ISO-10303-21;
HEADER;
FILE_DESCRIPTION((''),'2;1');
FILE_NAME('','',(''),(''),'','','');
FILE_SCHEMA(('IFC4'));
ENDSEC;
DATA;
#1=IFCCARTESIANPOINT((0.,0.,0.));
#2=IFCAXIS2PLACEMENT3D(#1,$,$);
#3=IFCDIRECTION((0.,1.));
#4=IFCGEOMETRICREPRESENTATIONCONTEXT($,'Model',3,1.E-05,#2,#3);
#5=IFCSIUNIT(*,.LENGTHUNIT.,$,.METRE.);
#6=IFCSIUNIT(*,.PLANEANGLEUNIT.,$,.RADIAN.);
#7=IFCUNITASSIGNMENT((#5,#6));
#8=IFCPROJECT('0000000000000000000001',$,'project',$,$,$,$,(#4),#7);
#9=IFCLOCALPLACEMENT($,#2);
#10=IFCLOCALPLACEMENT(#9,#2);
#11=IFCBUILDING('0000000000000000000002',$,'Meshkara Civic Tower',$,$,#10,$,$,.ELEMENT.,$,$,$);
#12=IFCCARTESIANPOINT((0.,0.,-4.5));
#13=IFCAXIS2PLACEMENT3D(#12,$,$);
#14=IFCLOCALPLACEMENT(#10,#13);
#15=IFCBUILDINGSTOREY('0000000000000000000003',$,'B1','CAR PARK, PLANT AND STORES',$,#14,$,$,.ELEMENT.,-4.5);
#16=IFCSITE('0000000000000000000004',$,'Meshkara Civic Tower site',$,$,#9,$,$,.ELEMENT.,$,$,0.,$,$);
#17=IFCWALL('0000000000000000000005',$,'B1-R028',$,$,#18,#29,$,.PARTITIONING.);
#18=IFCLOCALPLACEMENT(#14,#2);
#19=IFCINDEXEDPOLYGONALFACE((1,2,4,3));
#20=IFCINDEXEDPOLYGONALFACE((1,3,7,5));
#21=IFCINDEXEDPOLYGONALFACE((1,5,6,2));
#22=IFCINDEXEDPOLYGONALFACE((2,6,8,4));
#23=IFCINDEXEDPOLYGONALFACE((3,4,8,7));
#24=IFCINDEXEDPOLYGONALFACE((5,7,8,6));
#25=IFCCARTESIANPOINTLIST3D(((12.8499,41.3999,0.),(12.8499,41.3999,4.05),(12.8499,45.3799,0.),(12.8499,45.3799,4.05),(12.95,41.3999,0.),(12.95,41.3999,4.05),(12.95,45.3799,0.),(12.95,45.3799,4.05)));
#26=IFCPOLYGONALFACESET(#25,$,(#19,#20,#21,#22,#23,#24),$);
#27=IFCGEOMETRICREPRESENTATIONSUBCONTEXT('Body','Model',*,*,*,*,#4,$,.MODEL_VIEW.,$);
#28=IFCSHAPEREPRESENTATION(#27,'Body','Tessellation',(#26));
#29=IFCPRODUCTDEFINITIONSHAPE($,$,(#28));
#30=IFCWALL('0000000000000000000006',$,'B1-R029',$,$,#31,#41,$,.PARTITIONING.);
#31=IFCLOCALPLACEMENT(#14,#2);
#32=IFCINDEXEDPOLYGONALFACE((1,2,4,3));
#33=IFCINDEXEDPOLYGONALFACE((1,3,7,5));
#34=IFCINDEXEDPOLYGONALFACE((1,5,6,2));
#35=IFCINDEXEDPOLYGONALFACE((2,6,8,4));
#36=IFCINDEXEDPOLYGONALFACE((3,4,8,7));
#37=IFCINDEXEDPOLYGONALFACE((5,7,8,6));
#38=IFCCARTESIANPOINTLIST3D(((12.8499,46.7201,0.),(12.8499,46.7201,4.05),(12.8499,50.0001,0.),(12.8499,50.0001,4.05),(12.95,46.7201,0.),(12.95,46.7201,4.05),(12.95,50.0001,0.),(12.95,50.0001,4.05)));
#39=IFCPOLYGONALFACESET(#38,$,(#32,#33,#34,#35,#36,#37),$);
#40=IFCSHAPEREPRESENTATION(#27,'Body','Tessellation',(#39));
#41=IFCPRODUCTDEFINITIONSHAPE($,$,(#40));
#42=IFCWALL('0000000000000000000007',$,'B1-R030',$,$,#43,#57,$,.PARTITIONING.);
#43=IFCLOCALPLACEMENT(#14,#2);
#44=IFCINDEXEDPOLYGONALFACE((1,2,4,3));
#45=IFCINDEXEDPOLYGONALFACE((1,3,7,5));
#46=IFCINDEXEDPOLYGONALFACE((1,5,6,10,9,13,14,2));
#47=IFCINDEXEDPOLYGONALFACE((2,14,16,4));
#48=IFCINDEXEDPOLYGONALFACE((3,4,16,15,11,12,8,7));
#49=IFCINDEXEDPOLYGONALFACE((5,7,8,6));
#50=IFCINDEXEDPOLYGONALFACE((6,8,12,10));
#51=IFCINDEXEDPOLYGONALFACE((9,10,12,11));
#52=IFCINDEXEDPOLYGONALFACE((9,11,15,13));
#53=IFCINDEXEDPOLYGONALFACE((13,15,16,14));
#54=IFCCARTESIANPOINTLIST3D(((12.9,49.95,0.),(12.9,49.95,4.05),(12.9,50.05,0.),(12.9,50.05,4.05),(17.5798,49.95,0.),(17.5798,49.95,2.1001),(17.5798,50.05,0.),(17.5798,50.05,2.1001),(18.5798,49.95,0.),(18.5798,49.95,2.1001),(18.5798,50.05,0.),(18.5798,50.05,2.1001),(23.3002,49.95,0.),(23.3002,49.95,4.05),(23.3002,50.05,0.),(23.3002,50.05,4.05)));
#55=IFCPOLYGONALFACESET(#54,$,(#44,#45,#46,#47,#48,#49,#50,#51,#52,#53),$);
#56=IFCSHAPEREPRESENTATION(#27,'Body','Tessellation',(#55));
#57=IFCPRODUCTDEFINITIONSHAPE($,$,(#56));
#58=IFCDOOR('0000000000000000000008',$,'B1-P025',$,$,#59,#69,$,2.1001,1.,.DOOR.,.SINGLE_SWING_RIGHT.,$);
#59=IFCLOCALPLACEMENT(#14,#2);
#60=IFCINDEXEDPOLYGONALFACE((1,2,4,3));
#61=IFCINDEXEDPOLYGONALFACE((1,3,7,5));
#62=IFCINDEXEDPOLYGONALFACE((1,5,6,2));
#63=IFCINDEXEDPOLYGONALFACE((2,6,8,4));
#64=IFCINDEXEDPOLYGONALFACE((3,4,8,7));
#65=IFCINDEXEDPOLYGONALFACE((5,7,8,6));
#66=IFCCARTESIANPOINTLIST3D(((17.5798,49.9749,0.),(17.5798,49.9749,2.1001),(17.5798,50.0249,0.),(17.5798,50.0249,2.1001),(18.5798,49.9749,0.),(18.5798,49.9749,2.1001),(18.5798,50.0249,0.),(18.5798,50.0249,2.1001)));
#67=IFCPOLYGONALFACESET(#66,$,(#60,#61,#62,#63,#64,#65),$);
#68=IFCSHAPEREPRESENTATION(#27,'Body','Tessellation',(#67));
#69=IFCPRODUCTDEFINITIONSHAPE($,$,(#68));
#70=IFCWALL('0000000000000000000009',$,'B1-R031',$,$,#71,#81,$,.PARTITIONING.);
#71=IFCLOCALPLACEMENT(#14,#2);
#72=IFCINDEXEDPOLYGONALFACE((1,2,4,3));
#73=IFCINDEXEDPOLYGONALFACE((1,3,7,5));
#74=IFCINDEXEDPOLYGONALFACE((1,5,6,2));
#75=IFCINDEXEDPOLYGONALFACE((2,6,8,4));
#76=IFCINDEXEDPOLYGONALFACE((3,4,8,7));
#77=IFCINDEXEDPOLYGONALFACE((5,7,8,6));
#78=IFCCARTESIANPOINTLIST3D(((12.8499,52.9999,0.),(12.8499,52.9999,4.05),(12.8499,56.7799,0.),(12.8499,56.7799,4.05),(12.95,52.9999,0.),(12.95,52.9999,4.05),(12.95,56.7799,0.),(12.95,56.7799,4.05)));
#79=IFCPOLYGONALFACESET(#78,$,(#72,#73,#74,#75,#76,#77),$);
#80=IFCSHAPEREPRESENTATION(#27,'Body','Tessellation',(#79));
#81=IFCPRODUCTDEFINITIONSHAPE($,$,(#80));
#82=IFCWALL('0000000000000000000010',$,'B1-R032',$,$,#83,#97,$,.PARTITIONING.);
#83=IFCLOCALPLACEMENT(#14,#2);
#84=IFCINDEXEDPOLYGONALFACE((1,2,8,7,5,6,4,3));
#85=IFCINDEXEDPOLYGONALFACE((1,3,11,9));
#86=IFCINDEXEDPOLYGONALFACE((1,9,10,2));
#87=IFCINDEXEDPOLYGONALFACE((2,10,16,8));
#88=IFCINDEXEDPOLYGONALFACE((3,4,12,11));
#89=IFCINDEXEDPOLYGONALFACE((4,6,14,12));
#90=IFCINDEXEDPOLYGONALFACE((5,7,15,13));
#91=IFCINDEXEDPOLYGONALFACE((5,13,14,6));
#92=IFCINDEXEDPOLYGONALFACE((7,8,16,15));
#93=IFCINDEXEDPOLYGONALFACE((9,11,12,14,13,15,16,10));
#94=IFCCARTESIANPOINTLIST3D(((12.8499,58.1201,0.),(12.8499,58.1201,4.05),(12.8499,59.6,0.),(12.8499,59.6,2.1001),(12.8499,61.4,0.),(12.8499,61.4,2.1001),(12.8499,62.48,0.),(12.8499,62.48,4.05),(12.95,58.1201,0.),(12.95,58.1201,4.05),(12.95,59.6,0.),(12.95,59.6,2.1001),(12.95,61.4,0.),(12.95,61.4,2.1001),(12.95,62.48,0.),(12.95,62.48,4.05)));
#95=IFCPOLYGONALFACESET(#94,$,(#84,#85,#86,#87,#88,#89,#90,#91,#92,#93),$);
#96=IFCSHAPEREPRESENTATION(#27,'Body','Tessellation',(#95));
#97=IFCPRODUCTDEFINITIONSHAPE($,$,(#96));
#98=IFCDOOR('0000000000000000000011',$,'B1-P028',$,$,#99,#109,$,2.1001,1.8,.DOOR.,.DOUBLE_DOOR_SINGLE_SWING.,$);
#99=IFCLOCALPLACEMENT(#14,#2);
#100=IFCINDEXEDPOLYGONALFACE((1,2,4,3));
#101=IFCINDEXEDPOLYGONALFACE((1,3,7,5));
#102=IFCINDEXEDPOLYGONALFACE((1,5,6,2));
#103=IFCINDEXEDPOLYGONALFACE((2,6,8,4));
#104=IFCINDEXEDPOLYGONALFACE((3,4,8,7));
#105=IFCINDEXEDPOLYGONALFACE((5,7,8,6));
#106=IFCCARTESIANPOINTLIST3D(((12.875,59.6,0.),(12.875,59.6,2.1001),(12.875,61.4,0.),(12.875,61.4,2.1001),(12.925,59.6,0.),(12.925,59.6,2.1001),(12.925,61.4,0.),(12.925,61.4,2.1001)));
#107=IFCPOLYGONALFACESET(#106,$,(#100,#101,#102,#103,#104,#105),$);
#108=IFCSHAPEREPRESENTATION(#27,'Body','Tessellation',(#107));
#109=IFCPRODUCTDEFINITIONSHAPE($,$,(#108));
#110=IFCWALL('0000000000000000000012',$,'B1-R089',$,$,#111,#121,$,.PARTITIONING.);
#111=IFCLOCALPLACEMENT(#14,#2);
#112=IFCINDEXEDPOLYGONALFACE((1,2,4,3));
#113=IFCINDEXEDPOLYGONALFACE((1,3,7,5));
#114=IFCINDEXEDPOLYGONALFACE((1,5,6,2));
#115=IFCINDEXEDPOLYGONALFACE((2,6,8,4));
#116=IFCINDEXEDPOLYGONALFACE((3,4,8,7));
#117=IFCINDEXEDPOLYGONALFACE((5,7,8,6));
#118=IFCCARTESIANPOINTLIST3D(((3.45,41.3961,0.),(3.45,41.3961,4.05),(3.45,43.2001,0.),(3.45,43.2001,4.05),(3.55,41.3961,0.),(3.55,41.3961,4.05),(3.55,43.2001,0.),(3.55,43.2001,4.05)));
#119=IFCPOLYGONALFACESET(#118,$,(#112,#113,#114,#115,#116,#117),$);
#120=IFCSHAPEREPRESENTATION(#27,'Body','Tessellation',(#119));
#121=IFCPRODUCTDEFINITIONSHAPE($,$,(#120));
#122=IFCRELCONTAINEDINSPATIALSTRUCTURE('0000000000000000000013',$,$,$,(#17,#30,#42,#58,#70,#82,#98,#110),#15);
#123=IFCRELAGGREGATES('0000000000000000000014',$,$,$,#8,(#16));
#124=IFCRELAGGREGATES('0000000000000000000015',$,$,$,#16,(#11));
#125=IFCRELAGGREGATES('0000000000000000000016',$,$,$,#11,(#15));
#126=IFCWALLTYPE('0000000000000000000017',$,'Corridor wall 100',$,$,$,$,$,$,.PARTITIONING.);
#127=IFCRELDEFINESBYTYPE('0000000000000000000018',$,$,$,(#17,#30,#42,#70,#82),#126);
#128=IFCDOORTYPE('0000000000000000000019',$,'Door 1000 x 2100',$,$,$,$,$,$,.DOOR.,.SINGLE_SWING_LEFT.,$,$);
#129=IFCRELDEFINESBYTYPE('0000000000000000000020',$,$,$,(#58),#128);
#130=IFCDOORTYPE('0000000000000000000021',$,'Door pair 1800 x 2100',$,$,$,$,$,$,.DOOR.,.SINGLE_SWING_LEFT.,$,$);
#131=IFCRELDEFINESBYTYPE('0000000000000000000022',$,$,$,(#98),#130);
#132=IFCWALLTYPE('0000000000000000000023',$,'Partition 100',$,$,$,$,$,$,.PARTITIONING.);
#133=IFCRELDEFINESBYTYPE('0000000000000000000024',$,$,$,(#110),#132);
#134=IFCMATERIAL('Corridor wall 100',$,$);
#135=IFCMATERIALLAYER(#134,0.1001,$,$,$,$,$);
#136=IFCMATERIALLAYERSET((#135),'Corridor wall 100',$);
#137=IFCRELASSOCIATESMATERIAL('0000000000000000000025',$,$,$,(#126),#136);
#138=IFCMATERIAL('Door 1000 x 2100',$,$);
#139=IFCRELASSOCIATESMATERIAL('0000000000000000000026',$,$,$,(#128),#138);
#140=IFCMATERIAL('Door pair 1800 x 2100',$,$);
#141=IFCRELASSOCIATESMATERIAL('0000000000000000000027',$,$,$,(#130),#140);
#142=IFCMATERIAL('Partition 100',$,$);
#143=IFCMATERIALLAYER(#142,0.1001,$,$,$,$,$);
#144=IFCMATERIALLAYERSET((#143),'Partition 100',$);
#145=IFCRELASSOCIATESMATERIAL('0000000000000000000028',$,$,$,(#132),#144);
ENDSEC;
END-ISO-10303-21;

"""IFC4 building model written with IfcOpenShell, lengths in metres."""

from ifc_helpers import new_model, si_unit, direction, frame, frame_2d, origin, place, context, subcontext, project, spatial, rectangle, extrude, material, layer, layer_set, type_object, element, fill, save


model = new_model("IFC4")

# Units and contexts
model_context = context("Model", 3, precision=1e-05, world=origin(), true_north=direction((0.0, 1.0)))
body_context = subcontext(model_context, "Body", "Model", "MODEL_VIEW")
ifc_project = project(units=[si_unit("LENGTHUNIT", "METRE"), si_unit("PLANEANGLEUNIT", "RADIAN")], contexts=[model_context])

# Site, building, storey
site_placement = place(None, origin())
site = spatial("IfcSite", under=ifc_project, at=site_placement, Name="Meshkara Civic Tower site", CompositionType="ELEMENT", RefElevation=0.0)
building_placement = place(site_placement, origin())
building = spatial("IfcBuilding", under=site, at=building_placement, Name="Meshkara Civic Tower", CompositionType="ELEMENT")
storey_placement = place(building_placement, frame((0.0, 0.0, -4.5)))
storey = spatial("IfcBuildingStorey", under=building, at=storey_placement, Name="B1", Description="CAR PARK, PLANT AND STORES", CompositionType="ELEMENT", Elevation=-4.5)

# Shared definitions
ifc_material_1 = material(Name="Corridor wall 100")
ifc_layer_1 = layer(ifc_material_1, 0.1001)
ifc_layer_set_1 = layer_set([ifc_layer_1], Name="Corridor wall 100")
wall_type_1 = type_object("IfcWallType", Name="Corridor wall 100", PredefinedType="PARTITIONING", material=ifc_layer_set_1)
ifc_material_2 = material(Name="Door 1000 x 2100")
door_type_1 = type_object("IfcDoorType", Name="Door 1000 x 2100", OperationType="SINGLE_SWING_LEFT", PredefinedType="DOOR", material=ifc_material_2)

# Shared definitions
ifc_material_3 = material(Name="Door pair 1800 x 2100")
door_type_2 = type_object("IfcDoorType", Name="Door pair 1800 x 2100", OperationType="SINGLE_SWING_LEFT", PredefinedType="DOOR", material=ifc_material_3)

# Walls
wall_1_placement = place(storey_placement, frame((12.8999, 41.3999, 0.0), z_axis=(0.0, 0.0, 1.0), x_axis=(0.0, 1.0, 0.0)))
element("IfcWall", 1, at=wall_1_placement, inside=storey, type_object=wall_type_1, Name="B1-R028", PredefinedType="PARTITIONING", context=body_context, shape_type="SweptSolid", body=[
    extrude(rectangle(XDim=3.98, YDim=0.1001, at=frame_2d((1.99, 0.0))), origin(), (0.0, 0.0, 1.0), 4.05),
])
wall_2_placement = place(storey_placement, frame((12.8999, 46.72, 0.0), z_axis=(0.0, 0.0, 1.0), x_axis=(0.0, 1.0, 0.0)))
element("IfcWall", 2, at=wall_2_placement, inside=storey, type_object=wall_type_1, Name="B1-R029", PredefinedType="PARTITIONING", context=body_context, shape_type="SweptSolid", body=[
    extrude(rectangle(XDim=3.28, YDim=0.1001, at=frame_2d((1.6401, 0.0))), origin(), (0.0, 0.0, 1.0), 4.05),
])

# Wall, opening, door
wall_3_placement = place(storey_placement, frame((12.8999, 50.0, 0.0), z_axis=(0.0, 0.0, 1.0), x_axis=(1.0, 0.0, 0.0)))
wall_3 = element("IfcWall", 3, at=wall_3_placement, inside=storey, type_object=wall_type_1, Name="B1-R030", PredefinedType="PARTITIONING", context=body_context, shape_type="SweptSolid", body=[
    extrude(rectangle(XDim=10.4001, YDim=0.1001, at=frame_2d((5.2002, 0.0))), origin(), (0.0, 0.0, 1.0), 4.05),
])
opening_1_placement = place(wall_3_placement, frame((4.6799, 0.0, 0.0)))
opening_1 = element("IfcOpeningElement", 4, at=opening_1_placement, cuts=wall_3, PredefinedType="OPENING", context=body_context, shape_type="SweptSolid", body=[
    extrude(rectangle(XDim=1.0, YDim=2.1001, at=frame_2d((0.5, 1.05))), frame((0.0, 0.0601, 0.0), z_axis=(0.0, -1.0, 0.0), x_axis=(1.0, 0.0, 0.0)), (0.0, 0.0, 1.0), 0.1201),
])
door_1_placement = place(opening_1_placement, origin())
door_1 = element("IfcDoor", 5, at=door_1_placement, inside=storey, type_object=door_type_1, Name="B1-P025", OperationType="SINGLE_SWING_RIGHT", OverallHeight=2.1001, OverallWidth=1.0, PredefinedType="DOOR", context=body_context, shape_type="SweptSolid", body=[
    extrude(rectangle(XDim=1.0, YDim=2.1001, at=frame_2d((0.5, 1.05))), frame((0.0, 0.0249, 0.0), z_axis=(0.0, -1.0, 0.0), x_axis=(1.0, 0.0, 0.0)), (0.0, 0.0, 1.0), 0.05),
])
fill(opening_1, door_1)

# Wall
wall_4_placement = place(storey_placement, frame((12.8999, 56.78, 0.0), z_axis=(0.0, 0.0, 1.0), x_axis=(0.0, -1.0, 0.0)))
element("IfcWall", 6, at=wall_4_placement, inside=storey, type_object=wall_type_1, Name="B1-R031", PredefinedType="PARTITIONING", context=body_context, shape_type="SweptSolid", body=[
    extrude(rectangle(XDim=3.78, YDim=0.1001, at=frame_2d((1.8901, 0.0))), origin(), (0.0, 0.0, 1.0), 4.05),
])

# Wall, opening, door
wall_5_placement = place(storey_placement, frame((12.8999, 58.1201, 0.0), z_axis=(0.0, 0.0, 1.0), x_axis=(0.0, 1.0, 0.0)))
wall_5 = element("IfcWall", 7, at=wall_5_placement, inside=storey, type_object=wall_type_1, Name="B1-R032", PredefinedType="PARTITIONING", context=body_context, shape_type="SweptSolid", body=[
    extrude(rectangle(XDim=4.3599, YDim=0.1001, at=frame_2d((2.1799, 0.0))), origin(), (0.0, 0.0, 1.0), 4.05),
])
opening_2_placement = place(wall_5_placement, frame((1.48, 0.0, 0.0)))
opening_2 = element("IfcOpeningElement", 8, at=opening_2_placement, cuts=wall_5, PredefinedType="OPENING", context=body_context, shape_type="SweptSolid", body=[
    extrude(rectangle(XDim=1.8, YDim=2.1001, at=frame_2d((0.8999, 1.05))), frame((0.0, 0.0601, 0.0), z_axis=(0.0, -1.0, 0.0), x_axis=(1.0, 0.0, 0.0)), (0.0, 0.0, 1.0), 0.1201),
])
door_2_placement = place(opening_2_placement, origin())
door_2 = element("IfcDoor", 9, at=door_2_placement, inside=storey, type_object=door_type_2, Name="B1-P028", OperationType="DOUBLE_DOOR_SINGLE_SWING", OverallHeight=2.1001, OverallWidth=1.8, PredefinedType="DOOR", context=body_context, shape_type="SweptSolid", body=[
    extrude(rectangle(XDim=1.8, YDim=2.1001, at=frame_2d((0.8999, 1.05))), frame((0.0, 0.0249, 0.0), z_axis=(0.0, -1.0, 0.0), x_axis=(1.0, 0.0, 0.0)), (0.0, 0.0, 1.0), 0.05),
])
fill(opening_2, door_2)

# Wall
ifc_material_4 = material(Name="Partition 100")
ifc_layer_2 = layer(ifc_material_4, 0.1001)
ifc_layer_set_2 = layer_set([ifc_layer_2], Name="Partition 100")
wall_type_2 = type_object("IfcWallType", Name="Partition 100", PredefinedType="PARTITIONING", material=ifc_layer_set_2)
wall_6_placement = place(storey_placement, frame((3.5, 43.2, 0.0), z_axis=(0.0, 0.0, 1.0), x_axis=(0.0, -1.0, 0.0)))
element("IfcWall", 10, at=wall_6_placement, inside=storey, type_object=wall_type_2, Name="B1-R089", PredefinedType="PARTITIONING", context=body_context, shape_type="SweptSolid", body=[
    extrude(rectangle(XDim=1.804, YDim=0.1001, at=frame_2d((0.9019, 0.0))), origin(), (0.0, 0.0, 1.0), 4.05),
])

save(model, "model.ifc")
